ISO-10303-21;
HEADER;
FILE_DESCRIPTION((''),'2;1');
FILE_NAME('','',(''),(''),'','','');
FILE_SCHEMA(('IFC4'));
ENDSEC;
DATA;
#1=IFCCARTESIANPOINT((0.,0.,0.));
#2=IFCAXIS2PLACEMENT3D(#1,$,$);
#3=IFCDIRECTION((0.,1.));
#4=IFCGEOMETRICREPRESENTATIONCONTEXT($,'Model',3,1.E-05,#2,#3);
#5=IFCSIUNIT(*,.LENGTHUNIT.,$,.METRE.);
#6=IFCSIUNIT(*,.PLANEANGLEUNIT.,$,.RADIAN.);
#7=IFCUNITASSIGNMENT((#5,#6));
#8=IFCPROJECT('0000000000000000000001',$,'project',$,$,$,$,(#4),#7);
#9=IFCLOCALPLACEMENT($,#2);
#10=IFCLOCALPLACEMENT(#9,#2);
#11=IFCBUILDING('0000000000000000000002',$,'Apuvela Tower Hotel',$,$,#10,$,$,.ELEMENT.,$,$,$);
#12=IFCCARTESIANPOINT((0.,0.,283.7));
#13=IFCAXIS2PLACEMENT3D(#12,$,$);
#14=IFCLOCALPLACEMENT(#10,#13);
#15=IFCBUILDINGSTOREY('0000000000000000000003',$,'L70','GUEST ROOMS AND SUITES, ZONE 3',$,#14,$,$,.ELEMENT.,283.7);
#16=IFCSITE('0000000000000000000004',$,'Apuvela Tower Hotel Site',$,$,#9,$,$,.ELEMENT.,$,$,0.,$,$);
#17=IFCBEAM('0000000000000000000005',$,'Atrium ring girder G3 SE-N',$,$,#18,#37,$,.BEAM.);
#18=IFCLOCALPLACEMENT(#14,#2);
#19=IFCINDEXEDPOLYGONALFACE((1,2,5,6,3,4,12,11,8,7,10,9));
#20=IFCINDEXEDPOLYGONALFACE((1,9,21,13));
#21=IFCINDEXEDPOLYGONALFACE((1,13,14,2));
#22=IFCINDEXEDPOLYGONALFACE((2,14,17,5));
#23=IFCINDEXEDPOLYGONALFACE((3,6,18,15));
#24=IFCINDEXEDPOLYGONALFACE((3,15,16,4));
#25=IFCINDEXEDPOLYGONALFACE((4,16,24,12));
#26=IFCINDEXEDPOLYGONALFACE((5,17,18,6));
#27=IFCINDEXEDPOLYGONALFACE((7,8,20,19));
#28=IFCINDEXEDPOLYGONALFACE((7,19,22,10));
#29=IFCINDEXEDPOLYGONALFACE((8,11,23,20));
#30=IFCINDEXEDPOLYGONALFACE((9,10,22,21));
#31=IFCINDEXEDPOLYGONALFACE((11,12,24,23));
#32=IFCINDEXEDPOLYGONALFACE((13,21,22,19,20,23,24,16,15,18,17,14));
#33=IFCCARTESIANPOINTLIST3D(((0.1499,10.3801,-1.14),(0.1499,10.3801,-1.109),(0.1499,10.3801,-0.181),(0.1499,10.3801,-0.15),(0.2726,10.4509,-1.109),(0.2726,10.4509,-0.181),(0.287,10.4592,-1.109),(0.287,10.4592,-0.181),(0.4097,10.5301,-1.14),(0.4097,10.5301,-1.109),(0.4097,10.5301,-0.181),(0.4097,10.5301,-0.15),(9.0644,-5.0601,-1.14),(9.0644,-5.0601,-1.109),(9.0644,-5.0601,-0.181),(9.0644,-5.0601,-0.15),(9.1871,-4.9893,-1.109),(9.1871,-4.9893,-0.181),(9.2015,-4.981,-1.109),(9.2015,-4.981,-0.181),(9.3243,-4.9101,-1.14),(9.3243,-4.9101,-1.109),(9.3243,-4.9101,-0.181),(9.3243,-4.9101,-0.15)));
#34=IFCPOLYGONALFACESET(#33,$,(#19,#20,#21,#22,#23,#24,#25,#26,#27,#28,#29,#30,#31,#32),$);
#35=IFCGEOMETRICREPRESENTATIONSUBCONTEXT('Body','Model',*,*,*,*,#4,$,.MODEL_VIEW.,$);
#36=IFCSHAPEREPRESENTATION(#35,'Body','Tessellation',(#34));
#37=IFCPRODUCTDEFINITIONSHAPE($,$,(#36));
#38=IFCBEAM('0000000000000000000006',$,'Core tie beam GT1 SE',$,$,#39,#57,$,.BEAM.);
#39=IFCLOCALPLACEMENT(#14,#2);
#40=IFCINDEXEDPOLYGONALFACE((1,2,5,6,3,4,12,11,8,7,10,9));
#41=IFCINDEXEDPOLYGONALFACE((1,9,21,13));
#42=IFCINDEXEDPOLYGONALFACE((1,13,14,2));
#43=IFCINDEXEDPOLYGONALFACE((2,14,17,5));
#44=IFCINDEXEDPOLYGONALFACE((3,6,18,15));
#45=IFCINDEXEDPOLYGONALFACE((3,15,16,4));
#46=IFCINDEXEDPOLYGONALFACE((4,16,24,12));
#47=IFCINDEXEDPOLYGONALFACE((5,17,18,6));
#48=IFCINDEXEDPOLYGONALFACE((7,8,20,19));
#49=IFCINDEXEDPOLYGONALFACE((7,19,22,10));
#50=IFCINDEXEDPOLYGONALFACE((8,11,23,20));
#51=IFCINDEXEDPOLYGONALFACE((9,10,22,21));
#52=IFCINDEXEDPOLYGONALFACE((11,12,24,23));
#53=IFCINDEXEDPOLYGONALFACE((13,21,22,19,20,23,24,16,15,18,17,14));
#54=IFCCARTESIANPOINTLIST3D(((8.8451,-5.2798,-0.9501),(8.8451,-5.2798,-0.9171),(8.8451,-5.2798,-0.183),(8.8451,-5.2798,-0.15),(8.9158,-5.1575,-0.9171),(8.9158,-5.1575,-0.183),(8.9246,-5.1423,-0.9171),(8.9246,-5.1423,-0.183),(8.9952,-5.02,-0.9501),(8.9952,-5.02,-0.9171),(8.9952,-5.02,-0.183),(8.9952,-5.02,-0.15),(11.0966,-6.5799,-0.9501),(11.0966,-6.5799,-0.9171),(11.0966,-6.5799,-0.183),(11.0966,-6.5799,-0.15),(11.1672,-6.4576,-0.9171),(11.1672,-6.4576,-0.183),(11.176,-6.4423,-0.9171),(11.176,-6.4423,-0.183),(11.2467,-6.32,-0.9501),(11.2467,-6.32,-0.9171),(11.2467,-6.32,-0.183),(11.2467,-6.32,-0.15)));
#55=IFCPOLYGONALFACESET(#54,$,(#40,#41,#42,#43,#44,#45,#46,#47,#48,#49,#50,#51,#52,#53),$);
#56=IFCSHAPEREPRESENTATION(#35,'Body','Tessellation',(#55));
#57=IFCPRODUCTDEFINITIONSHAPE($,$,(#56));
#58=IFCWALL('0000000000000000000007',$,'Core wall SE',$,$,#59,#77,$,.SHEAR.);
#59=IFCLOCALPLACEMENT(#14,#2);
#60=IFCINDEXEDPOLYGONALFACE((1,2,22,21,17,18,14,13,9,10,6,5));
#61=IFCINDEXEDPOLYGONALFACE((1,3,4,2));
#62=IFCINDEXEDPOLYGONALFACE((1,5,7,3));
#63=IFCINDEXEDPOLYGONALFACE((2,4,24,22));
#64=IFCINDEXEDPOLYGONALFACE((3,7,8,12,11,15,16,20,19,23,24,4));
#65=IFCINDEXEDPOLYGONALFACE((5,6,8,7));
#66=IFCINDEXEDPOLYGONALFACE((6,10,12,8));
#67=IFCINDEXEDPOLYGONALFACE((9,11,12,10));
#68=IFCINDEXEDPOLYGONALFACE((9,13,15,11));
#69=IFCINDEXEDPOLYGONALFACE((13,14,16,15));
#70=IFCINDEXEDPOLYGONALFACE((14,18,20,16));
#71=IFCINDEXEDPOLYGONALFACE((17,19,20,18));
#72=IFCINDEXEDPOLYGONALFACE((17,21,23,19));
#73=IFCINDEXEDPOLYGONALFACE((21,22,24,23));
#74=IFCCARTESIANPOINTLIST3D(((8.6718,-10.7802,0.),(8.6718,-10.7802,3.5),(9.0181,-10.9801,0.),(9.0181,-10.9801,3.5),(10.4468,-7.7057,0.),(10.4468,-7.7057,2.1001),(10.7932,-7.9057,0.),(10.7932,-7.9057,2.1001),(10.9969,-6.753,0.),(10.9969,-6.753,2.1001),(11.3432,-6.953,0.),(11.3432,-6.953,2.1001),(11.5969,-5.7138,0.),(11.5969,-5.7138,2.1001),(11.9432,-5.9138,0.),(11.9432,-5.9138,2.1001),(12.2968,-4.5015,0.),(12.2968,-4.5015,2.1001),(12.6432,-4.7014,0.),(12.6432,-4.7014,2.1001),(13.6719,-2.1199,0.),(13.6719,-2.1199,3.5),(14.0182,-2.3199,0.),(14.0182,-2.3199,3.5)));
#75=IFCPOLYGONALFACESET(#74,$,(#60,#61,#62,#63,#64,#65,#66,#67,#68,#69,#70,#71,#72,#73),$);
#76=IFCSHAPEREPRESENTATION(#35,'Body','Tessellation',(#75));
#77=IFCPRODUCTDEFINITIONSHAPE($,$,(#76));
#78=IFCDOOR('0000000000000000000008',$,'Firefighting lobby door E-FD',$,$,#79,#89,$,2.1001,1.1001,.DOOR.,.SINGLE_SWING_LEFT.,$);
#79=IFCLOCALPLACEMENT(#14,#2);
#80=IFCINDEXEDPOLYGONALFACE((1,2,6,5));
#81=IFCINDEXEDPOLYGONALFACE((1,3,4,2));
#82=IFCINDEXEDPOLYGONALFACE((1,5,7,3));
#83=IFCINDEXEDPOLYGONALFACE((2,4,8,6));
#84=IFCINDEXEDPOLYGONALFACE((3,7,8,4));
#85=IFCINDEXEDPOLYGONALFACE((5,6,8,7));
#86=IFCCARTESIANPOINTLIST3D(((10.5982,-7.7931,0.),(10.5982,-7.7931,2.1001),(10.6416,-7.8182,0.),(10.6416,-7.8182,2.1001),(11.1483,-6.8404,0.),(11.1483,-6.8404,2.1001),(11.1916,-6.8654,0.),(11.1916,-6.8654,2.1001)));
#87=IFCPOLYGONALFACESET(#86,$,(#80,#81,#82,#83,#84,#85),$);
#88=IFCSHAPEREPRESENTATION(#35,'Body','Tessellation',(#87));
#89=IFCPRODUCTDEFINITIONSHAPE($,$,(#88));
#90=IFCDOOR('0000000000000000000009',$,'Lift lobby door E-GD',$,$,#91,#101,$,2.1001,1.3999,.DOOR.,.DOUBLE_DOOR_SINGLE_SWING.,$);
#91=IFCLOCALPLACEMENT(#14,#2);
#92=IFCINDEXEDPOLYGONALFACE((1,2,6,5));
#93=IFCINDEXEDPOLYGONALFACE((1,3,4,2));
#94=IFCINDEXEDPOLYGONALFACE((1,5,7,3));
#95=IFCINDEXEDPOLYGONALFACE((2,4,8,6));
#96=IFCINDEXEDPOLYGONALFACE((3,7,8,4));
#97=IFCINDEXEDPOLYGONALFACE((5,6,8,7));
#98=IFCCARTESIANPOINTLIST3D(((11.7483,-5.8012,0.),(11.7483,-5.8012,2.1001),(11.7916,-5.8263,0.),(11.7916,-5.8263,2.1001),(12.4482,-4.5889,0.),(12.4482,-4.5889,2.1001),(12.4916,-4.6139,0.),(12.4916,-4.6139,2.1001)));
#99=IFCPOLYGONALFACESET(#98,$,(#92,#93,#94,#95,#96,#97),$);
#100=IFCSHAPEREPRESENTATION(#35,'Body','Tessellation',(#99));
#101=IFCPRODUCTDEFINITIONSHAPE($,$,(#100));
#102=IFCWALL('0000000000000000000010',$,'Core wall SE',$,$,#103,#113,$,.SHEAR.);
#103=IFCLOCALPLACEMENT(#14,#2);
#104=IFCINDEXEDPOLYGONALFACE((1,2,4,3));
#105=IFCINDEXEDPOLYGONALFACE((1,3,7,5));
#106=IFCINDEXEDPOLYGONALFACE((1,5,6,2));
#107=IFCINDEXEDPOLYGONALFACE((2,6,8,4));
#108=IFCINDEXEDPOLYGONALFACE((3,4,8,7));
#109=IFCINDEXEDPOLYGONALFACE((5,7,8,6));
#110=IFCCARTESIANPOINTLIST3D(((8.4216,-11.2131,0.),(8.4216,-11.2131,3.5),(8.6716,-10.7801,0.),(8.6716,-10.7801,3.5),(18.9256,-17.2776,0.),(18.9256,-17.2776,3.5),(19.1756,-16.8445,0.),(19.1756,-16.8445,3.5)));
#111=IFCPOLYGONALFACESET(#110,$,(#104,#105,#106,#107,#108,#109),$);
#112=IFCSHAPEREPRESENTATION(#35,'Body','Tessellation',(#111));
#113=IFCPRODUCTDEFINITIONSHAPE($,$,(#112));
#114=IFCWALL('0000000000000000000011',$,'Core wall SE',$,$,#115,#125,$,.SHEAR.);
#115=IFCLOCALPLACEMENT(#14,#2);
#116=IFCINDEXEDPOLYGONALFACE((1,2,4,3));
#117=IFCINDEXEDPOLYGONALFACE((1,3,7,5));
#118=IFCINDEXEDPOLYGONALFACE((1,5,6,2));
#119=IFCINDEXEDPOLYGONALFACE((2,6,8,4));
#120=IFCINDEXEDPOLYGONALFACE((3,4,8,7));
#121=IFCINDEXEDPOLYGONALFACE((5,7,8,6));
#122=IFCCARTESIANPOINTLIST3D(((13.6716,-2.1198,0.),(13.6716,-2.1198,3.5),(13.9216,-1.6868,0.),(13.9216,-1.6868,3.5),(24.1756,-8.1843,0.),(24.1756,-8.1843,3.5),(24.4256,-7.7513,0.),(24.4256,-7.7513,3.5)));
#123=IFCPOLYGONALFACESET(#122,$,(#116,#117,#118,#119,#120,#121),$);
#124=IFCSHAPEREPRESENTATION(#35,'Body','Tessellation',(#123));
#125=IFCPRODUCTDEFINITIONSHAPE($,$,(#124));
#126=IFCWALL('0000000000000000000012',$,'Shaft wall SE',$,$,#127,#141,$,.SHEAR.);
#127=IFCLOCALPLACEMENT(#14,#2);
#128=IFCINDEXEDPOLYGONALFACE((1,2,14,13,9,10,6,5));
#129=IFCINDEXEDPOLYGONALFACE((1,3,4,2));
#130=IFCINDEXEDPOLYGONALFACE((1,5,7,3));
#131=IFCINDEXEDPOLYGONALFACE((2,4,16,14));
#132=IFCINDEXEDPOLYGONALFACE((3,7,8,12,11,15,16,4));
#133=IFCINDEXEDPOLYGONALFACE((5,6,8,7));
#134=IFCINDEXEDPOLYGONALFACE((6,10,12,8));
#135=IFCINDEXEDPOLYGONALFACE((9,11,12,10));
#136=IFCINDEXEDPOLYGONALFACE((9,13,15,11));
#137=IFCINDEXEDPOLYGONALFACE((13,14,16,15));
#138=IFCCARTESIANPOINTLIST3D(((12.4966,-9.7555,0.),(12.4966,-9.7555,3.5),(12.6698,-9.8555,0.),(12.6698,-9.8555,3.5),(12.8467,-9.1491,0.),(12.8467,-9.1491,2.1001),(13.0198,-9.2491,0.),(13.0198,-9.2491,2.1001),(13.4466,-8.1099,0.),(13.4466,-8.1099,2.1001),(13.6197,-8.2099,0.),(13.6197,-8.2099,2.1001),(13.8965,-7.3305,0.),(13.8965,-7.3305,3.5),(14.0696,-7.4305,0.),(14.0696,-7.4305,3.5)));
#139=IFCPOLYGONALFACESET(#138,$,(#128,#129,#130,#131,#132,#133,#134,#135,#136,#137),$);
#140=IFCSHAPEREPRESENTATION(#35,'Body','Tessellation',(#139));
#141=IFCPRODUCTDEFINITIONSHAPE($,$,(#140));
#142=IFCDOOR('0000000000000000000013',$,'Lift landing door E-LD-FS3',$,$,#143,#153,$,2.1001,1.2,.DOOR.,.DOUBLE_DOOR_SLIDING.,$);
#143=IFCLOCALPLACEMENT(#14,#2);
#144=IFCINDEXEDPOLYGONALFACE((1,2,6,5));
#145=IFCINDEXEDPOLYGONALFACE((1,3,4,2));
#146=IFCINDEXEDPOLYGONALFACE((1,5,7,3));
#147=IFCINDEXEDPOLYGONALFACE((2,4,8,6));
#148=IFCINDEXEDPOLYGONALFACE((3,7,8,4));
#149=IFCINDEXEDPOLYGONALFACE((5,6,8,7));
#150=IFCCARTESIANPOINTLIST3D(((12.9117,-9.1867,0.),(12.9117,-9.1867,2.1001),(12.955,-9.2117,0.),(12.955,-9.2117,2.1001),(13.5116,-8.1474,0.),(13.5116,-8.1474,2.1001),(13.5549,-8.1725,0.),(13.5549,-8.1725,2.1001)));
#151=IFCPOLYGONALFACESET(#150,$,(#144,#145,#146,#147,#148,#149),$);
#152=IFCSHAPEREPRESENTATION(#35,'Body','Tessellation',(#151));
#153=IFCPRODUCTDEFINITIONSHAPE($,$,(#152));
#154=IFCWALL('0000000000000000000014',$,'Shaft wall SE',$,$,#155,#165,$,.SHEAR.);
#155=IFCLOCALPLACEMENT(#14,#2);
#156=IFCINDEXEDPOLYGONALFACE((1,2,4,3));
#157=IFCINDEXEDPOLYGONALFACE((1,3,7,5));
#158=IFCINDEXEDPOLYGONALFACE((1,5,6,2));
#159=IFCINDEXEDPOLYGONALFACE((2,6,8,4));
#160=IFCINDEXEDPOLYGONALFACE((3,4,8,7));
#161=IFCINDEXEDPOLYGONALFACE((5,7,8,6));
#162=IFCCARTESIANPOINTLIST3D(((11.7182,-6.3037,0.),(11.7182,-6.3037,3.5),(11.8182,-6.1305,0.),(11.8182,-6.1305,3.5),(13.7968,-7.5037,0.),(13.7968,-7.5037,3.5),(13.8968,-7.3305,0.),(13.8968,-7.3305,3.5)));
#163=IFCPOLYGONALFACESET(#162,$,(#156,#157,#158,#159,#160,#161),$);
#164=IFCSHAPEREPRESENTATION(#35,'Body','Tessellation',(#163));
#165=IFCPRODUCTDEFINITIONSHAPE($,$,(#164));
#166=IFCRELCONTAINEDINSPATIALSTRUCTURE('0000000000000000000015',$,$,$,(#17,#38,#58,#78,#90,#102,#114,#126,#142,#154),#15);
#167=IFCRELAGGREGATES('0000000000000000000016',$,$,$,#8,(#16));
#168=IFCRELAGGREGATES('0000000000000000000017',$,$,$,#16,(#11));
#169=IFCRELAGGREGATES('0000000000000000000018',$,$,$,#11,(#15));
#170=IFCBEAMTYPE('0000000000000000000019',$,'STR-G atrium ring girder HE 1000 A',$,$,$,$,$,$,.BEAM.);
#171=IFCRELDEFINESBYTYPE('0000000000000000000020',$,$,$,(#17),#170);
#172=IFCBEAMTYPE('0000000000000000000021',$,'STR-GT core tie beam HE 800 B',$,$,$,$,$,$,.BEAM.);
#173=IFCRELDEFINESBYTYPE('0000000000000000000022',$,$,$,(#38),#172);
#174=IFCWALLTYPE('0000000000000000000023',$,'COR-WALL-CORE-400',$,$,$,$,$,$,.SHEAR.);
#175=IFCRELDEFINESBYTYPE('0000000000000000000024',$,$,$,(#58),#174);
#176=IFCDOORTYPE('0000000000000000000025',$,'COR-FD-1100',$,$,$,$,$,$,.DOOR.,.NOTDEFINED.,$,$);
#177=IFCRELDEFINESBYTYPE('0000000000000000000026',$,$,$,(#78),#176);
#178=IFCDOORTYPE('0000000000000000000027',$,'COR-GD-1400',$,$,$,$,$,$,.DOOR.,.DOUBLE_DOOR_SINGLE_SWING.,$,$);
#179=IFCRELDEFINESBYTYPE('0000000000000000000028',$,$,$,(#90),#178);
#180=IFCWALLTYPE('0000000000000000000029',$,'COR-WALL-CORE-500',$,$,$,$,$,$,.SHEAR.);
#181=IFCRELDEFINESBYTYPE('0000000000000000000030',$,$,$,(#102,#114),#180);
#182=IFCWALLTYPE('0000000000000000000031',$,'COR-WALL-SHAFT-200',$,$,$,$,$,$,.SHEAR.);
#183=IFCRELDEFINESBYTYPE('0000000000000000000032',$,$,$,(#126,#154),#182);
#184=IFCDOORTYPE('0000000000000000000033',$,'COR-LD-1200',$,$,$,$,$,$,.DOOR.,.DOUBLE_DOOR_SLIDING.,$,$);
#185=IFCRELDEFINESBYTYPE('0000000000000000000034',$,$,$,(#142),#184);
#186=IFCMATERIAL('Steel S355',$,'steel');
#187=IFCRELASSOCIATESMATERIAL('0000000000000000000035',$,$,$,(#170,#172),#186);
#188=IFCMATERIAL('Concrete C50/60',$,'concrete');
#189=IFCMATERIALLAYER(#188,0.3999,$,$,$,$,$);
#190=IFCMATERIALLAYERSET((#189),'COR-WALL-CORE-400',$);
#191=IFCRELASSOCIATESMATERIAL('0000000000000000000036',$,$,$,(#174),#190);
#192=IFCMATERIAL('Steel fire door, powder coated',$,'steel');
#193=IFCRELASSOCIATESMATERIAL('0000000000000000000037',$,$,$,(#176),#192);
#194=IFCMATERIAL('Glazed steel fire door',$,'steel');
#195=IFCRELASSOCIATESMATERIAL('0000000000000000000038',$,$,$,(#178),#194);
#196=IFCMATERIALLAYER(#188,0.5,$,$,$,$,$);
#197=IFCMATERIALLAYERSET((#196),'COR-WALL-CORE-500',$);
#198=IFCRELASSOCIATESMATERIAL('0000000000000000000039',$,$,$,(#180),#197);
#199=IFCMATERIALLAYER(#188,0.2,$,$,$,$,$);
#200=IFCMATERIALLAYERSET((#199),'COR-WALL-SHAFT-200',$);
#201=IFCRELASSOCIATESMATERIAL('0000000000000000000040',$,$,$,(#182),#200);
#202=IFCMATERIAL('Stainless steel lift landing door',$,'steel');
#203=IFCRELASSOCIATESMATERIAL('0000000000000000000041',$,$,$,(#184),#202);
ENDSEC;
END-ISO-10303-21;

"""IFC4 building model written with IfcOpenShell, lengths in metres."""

from ifc_helpers import new_model, si_unit, direction, frame, frame_2d, origin, origin_2d, place, context, subcontext, project, spatial, rectangle, i_section, extrude, material, layer, layer_set, material_profile, profile_set, type_object, element, fill, save


model = new_model("IFC4")

# Units and contexts
model_context = context("Model", 3, precision=1e-05, world=origin(), true_north=direction((0.0, 1.0)))
body_context = subcontext(model_context, "Body", "Model", "MODEL_VIEW")
ifc_project = project(units=[si_unit("LENGTHUNIT", "METRE"), si_unit("PLANEANGLEUNIT", "RADIAN")], contexts=[model_context])

# Site, building, storey
site_placement = place(None, origin())
site = spatial("IfcSite", under=ifc_project, at=site_placement, Name="Apuvela Tower Hotel Site", CompositionType="ELEMENT", RefElevation=0.0)
building_placement = place(site_placement, origin())
building = spatial("IfcBuilding", under=site, at=building_placement, Name="Apuvela Tower Hotel", CompositionType="ELEMENT")
storey_placement = place(building_placement, frame((0.0, 0.0, 283.7)))
storey = spatial("IfcBuildingStorey", under=building, at=storey_placement, Name="L70", Description="GUEST ROOMS AND SUITES, ZONE 3", CompositionType="ELEMENT", Elevation=283.7)

# Beams
ifc_material_1 = material(Name="Steel S355", Category="steel")
ifc_material_profile_1 = material_profile(ifc_material_1, i_section(OverallWidth=0.3, OverallDepth=0.99, WebThickness=0.0166, FlangeThickness=0.031, at=origin_2d()), Name="HE 1000 A")
ifc_profile_set_1 = profile_set([ifc_material_profile_1], Name="Steel S355")
beam_type_1 = type_object("IfcBeamType", Name="STR-G atrium ring girder HE 1000 A", PredefinedType="BEAM", material=ifc_profile_set_1)
beam_1_placement = place(storey_placement, frame((9.1943, -4.9851, -0.645), z_axis=(-0.500007, 0.866022, 0.0), x_axis=(-0.866022, -0.500007, 0.0)))
element("IfcBeam", 1, at=beam_1_placement, inside=storey, type_object=beam_type_1, Name="Atrium ring girder G3 SE-N", PredefinedType="BEAM", context=body_context, shape_type="SweptSolid", body=[
    extrude(i_section(OverallWidth=0.3, OverallDepth=0.99, WebThickness=0.0166, FlangeThickness=0.031, at=origin_2d()), origin(), (0.0, 0.0, 1.0), 17.8289),
])
ifc_material_profile_2 = material_profile(ifc_material_1, i_section(OverallWidth=0.3, OverallDepth=0.8, WebThickness=0.0176, FlangeThickness=0.033, at=origin_2d()), Name="HE 800 B")
ifc_profile_set_2 = profile_set([ifc_material_profile_2], Name="Steel S355")
beam_type_2 = type_object("IfcBeamType", Name="STR-GT core tie beam HE 800 B", PredefinedType="BEAM", material=ifc_profile_set_2)
beam_2_placement = place(storey_placement, frame((11.1716, -6.45, -0.55), z_axis=(-0.865998, 0.500048, 0.0), x_axis=(-0.500048, -0.865998, 0.0)))
element("IfcBeam", 2, at=beam_2_placement, inside=storey, type_object=beam_type_2, Name="Core tie beam GT1 SE", PredefinedType="BEAM", context=body_context, shape_type="SweptSolid", body=[
    extrude(i_section(OverallWidth=0.3, OverallDepth=0.8, WebThickness=0.0176, FlangeThickness=0.033, at=origin_2d()), origin(), (0.0, 0.0, 1.0), 2.5999),
])

# Wall, openings, doors
ifc_material_2 = material(Name="Concrete C50/60", Category="concrete")
ifc_layer_1 = layer(ifc_material_2, 0.3999)
ifc_layer_set_1 = layer_set([ifc_layer_1], Name="COR-WALL-CORE-400")
wall_type_1 = type_object("IfcWallType", Name="COR-WALL-CORE-400", PredefinedType="SHEAR", material=ifc_layer_set_1)
wall_1_placement = place(storey_placement, frame((8.845, -10.8801, 0.0), z_axis=(0.0, 0.0, 1.0), x_axis=(0.500004, 0.866023, 0.0)))
wall_1 = element("IfcWall", 3, at=wall_1_placement, inside=storey, type_object=wall_type_1, Name="Core wall SE", PredefinedType="SHEAR", context=body_context, shape_type="SweptSolid", body=[
    extrude(rectangle(XDim=10.0, YDim=0.3999, at=frame_2d((5.0, 0.0))), origin(), (0.0, 0.0, 1.0), 3.5),
])
opening_1_placement = place(wall_1_placement, frame((3.55, 0.0, 0.0)))
opening_1 = element("IfcOpeningElement", 4, at=opening_1_placement, cuts=wall_1, PredefinedType="OPENING", context=body_context, shape_type="SweptSolid", body=[
    extrude(rectangle(XDim=1.1001, YDim=2.1001, at=frame_2d((0.55, 1.05))), frame((0.0, 0.21, 0.0), z_axis=(0.0, -1.0, 0.0), x_axis=(1.0, 0.0, 0.0)), (0.0, 0.0, 1.0), 0.4199),
])
opening_2_placement = place(wall_1_placement, frame((5.8501, 0.0, 0.0)))
opening_2 = element("IfcOpeningElement", 5, at=opening_2_placement, cuts=wall_1, PredefinedType="OPENING", context=body_context, shape_type="SweptSolid", body=[
    extrude(rectangle(XDim=1.3999, YDim=2.1001, at=frame_2d((0.7, 1.05))), frame((0.0, 0.21, 0.0), z_axis=(0.0, -1.0, 0.0), x_axis=(1.0, 0.0, 0.0)), (0.0, 0.0, 1.0), 0.4199),
])
ifc_material_3 = material(Name="Steel fire door, powder coated", Category="steel")
door_type_1 = type_object("IfcDoorType", Name="COR-FD-1100", OperationType="NOTDEFINED", PredefinedType="DOOR", material=ifc_material_3)
door_1_placement = place(opening_1_placement, frame((1.1001, 0.0, 0.0), z_axis=(0.0, 0.0, 1.0), x_axis=(-1.0, 0.0, 0.0)))
door_1 = element("IfcDoor", 6, at=door_1_placement, inside=storey, type_object=door_type_1, Name="Firefighting lobby door E-FD", OperationType="SINGLE_SWING_LEFT", OverallHeight=2.1001, OverallWidth=1.1001, PredefinedType="DOOR", context=body_context, shape_type="SweptSolid", body=[
    extrude(rectangle(XDim=1.1001, YDim=2.1001, at=frame_2d((0.55, 1.05))), frame((0.0, 0.0249, 0.0), z_axis=(0.0, -1.0, 0.0), x_axis=(1.0, 0.0, 0.0)), (0.0, 0.0, 1.0), 0.05),
])
fill(opening_1, door_1)
ifc_material_4 = material(Name="Glazed steel fire door", Category="steel")
door_type_2 = type_object("IfcDoorType", Name="COR-GD-1400", OperationType="DOUBLE_DOOR_SINGLE_SWING", PredefinedType="DOOR", material=ifc_material_4)
door_2_placement = place(opening_2_placement, frame((1.3999, 0.0, 0.0), z_axis=(0.0, 0.0, 1.0), x_axis=(-1.0, 0.0, 0.0)))
door_2 = element("IfcDoor", 7, at=door_2_placement, inside=storey, type_object=door_type_2, Name="Lift lobby door E-GD", OperationType="DOUBLE_DOOR_SINGLE_SWING", OverallHeight=2.1001, OverallWidth=1.3999, PredefinedType="DOOR", context=body_context, shape_type="SweptSolid", body=[
    extrude(rectangle(XDim=1.3999, YDim=2.1001, at=frame_2d((0.7, 1.05))), frame((0.0, 0.0249, 0.0), z_axis=(0.0, -1.0, 0.0), x_axis=(1.0, 0.0, 0.0)), (0.0, 0.0, 1.0), 0.05),
])
fill(opening_2, door_2)

# Walls
ifc_layer_2 = layer(ifc_material_2, 0.5)
ifc_layer_set_2 = layer_set([ifc_layer_2], Name="COR-WALL-CORE-500")
wall_type_2 = type_object("IfcWallType", Name="COR-WALL-CORE-500", PredefinedType="SHEAR", material=ifc_layer_set_2)
for number, where, z_axis, x_axis, name in (
    (8, (8.5466, -10.9966, 0.0), (0.0, 0.0, 1.0), (0.866025, -0.500001, 0.0), "Core wall SE"),
    (9, (13.7966, -1.9033, 0.0), (0.0, 0.0, 1.0), (0.866025, -0.500001, 0.0), "Core wall SE"),
):
    element("IfcWall", number, at=place(storey_placement, frame(where, z_axis=z_axis, x_axis=x_axis)), inside=storey, type_object=wall_type_2, Name=name, PredefinedType="SHEAR", context=body_context, shape_type="SweptSolid", body=[
        extrude(rectangle(XDim=12.1289, YDim=0.5, at=frame_2d((6.0645, 0.0))), origin(), (0.0, 0.0, 1.0), 3.5),
    ])

# Wall, opening, door
ifc_layer_3 = layer(ifc_material_2, 0.2)
ifc_layer_set_3 = layer_set([ifc_layer_3], Name="COR-WALL-SHAFT-200")
wall_type_3 = type_object("IfcWallType", Name="COR-WALL-SHAFT-200", PredefinedType="SHEAR", material=ifc_layer_set_3)
wall_2_placement = place(storey_placement, frame((12.5833, -9.8054, 0.0), z_axis=(0.0, 0.0, 1.0), x_axis=(0.499946, 0.866056, 0.0)))
wall_2 = element("IfcWall", 10, at=wall_2_placement, inside=storey, type_object=wall_type_3, Name="Shaft wall SE", PredefinedType="SHEAR", context=body_context, shape_type="SweptSolid", body=[
    extrude(rectangle(XDim=2.8, YDim=0.2, at=frame_2d((1.3999, 0.0))), origin(), (0.0, 0.0, 1.0), 3.5),
])
opening_3_placement = place(wall_2_placement, frame((0.7, 0.0, 0.0)))
opening_3 = element("IfcOpeningElement", 11, at=opening_3_placement, cuts=wall_2, PredefinedType="OPENING", context=body_context, shape_type="SweptSolid", body=[
    extrude(rectangle(XDim=1.2, YDim=2.1001, at=frame_2d((0.6001, 1.05))), frame((0.0, 0.1099, 0.0), z_axis=(0.0, -1.0, 0.0), x_axis=(1.0, 0.0, 0.0)), (0.0, 0.0, 1.0), 0.22),
])
ifc_material_5 = material(Name="Stainless steel lift landing door", Category="steel")
door_type_3 = type_object("IfcDoorType", Name="COR-LD-1200", OperationType="DOUBLE_DOOR_SLIDING", PredefinedType="DOOR", material=ifc_material_5)
door_3_placement = place(opening_3_placement, origin())
door_3 = element("IfcDoor", 12, at=door_3_placement, inside=storey, type_object=door_type_3, Name="Lift landing door E-LD-FS3", OperationType="DOUBLE_DOOR_SLIDING", OverallHeight=2.1001, OverallWidth=1.2, PredefinedType="DOOR", context=body_context, shape_type="SweptSolid", body=[
    extrude(rectangle(XDim=1.2, YDim=2.1001, at=frame_2d((0.6001, 1.05))), frame((0.0, 0.0249, 0.0), z_axis=(0.0, -1.0, 0.0), x_axis=(1.0, 0.0, 0.0)), (0.0, 0.0, 1.0), 0.05),
])
fill(opening_3, door_3)

# Wall
wall_3_placement = place(storey_placement, frame((11.7681, -6.217, 0.0), z_axis=(0.0, 0.0, 1.0), x_axis=(0.86605, -0.499957, 0.0)))
element("IfcWall", 13, at=wall_3_placement, inside=storey, type_object=wall_type_3, Name="Shaft wall SE", PredefinedType="SHEAR", context=body_context, shape_type="SweptSolid", body=[
    extrude(rectangle(XDim=2.4001, YDim=0.2, at=frame_2d((1.2002, 0.0))), origin(), (0.0, 0.0, 1.0), 3.5),
])

save(model, "model.ifc")
